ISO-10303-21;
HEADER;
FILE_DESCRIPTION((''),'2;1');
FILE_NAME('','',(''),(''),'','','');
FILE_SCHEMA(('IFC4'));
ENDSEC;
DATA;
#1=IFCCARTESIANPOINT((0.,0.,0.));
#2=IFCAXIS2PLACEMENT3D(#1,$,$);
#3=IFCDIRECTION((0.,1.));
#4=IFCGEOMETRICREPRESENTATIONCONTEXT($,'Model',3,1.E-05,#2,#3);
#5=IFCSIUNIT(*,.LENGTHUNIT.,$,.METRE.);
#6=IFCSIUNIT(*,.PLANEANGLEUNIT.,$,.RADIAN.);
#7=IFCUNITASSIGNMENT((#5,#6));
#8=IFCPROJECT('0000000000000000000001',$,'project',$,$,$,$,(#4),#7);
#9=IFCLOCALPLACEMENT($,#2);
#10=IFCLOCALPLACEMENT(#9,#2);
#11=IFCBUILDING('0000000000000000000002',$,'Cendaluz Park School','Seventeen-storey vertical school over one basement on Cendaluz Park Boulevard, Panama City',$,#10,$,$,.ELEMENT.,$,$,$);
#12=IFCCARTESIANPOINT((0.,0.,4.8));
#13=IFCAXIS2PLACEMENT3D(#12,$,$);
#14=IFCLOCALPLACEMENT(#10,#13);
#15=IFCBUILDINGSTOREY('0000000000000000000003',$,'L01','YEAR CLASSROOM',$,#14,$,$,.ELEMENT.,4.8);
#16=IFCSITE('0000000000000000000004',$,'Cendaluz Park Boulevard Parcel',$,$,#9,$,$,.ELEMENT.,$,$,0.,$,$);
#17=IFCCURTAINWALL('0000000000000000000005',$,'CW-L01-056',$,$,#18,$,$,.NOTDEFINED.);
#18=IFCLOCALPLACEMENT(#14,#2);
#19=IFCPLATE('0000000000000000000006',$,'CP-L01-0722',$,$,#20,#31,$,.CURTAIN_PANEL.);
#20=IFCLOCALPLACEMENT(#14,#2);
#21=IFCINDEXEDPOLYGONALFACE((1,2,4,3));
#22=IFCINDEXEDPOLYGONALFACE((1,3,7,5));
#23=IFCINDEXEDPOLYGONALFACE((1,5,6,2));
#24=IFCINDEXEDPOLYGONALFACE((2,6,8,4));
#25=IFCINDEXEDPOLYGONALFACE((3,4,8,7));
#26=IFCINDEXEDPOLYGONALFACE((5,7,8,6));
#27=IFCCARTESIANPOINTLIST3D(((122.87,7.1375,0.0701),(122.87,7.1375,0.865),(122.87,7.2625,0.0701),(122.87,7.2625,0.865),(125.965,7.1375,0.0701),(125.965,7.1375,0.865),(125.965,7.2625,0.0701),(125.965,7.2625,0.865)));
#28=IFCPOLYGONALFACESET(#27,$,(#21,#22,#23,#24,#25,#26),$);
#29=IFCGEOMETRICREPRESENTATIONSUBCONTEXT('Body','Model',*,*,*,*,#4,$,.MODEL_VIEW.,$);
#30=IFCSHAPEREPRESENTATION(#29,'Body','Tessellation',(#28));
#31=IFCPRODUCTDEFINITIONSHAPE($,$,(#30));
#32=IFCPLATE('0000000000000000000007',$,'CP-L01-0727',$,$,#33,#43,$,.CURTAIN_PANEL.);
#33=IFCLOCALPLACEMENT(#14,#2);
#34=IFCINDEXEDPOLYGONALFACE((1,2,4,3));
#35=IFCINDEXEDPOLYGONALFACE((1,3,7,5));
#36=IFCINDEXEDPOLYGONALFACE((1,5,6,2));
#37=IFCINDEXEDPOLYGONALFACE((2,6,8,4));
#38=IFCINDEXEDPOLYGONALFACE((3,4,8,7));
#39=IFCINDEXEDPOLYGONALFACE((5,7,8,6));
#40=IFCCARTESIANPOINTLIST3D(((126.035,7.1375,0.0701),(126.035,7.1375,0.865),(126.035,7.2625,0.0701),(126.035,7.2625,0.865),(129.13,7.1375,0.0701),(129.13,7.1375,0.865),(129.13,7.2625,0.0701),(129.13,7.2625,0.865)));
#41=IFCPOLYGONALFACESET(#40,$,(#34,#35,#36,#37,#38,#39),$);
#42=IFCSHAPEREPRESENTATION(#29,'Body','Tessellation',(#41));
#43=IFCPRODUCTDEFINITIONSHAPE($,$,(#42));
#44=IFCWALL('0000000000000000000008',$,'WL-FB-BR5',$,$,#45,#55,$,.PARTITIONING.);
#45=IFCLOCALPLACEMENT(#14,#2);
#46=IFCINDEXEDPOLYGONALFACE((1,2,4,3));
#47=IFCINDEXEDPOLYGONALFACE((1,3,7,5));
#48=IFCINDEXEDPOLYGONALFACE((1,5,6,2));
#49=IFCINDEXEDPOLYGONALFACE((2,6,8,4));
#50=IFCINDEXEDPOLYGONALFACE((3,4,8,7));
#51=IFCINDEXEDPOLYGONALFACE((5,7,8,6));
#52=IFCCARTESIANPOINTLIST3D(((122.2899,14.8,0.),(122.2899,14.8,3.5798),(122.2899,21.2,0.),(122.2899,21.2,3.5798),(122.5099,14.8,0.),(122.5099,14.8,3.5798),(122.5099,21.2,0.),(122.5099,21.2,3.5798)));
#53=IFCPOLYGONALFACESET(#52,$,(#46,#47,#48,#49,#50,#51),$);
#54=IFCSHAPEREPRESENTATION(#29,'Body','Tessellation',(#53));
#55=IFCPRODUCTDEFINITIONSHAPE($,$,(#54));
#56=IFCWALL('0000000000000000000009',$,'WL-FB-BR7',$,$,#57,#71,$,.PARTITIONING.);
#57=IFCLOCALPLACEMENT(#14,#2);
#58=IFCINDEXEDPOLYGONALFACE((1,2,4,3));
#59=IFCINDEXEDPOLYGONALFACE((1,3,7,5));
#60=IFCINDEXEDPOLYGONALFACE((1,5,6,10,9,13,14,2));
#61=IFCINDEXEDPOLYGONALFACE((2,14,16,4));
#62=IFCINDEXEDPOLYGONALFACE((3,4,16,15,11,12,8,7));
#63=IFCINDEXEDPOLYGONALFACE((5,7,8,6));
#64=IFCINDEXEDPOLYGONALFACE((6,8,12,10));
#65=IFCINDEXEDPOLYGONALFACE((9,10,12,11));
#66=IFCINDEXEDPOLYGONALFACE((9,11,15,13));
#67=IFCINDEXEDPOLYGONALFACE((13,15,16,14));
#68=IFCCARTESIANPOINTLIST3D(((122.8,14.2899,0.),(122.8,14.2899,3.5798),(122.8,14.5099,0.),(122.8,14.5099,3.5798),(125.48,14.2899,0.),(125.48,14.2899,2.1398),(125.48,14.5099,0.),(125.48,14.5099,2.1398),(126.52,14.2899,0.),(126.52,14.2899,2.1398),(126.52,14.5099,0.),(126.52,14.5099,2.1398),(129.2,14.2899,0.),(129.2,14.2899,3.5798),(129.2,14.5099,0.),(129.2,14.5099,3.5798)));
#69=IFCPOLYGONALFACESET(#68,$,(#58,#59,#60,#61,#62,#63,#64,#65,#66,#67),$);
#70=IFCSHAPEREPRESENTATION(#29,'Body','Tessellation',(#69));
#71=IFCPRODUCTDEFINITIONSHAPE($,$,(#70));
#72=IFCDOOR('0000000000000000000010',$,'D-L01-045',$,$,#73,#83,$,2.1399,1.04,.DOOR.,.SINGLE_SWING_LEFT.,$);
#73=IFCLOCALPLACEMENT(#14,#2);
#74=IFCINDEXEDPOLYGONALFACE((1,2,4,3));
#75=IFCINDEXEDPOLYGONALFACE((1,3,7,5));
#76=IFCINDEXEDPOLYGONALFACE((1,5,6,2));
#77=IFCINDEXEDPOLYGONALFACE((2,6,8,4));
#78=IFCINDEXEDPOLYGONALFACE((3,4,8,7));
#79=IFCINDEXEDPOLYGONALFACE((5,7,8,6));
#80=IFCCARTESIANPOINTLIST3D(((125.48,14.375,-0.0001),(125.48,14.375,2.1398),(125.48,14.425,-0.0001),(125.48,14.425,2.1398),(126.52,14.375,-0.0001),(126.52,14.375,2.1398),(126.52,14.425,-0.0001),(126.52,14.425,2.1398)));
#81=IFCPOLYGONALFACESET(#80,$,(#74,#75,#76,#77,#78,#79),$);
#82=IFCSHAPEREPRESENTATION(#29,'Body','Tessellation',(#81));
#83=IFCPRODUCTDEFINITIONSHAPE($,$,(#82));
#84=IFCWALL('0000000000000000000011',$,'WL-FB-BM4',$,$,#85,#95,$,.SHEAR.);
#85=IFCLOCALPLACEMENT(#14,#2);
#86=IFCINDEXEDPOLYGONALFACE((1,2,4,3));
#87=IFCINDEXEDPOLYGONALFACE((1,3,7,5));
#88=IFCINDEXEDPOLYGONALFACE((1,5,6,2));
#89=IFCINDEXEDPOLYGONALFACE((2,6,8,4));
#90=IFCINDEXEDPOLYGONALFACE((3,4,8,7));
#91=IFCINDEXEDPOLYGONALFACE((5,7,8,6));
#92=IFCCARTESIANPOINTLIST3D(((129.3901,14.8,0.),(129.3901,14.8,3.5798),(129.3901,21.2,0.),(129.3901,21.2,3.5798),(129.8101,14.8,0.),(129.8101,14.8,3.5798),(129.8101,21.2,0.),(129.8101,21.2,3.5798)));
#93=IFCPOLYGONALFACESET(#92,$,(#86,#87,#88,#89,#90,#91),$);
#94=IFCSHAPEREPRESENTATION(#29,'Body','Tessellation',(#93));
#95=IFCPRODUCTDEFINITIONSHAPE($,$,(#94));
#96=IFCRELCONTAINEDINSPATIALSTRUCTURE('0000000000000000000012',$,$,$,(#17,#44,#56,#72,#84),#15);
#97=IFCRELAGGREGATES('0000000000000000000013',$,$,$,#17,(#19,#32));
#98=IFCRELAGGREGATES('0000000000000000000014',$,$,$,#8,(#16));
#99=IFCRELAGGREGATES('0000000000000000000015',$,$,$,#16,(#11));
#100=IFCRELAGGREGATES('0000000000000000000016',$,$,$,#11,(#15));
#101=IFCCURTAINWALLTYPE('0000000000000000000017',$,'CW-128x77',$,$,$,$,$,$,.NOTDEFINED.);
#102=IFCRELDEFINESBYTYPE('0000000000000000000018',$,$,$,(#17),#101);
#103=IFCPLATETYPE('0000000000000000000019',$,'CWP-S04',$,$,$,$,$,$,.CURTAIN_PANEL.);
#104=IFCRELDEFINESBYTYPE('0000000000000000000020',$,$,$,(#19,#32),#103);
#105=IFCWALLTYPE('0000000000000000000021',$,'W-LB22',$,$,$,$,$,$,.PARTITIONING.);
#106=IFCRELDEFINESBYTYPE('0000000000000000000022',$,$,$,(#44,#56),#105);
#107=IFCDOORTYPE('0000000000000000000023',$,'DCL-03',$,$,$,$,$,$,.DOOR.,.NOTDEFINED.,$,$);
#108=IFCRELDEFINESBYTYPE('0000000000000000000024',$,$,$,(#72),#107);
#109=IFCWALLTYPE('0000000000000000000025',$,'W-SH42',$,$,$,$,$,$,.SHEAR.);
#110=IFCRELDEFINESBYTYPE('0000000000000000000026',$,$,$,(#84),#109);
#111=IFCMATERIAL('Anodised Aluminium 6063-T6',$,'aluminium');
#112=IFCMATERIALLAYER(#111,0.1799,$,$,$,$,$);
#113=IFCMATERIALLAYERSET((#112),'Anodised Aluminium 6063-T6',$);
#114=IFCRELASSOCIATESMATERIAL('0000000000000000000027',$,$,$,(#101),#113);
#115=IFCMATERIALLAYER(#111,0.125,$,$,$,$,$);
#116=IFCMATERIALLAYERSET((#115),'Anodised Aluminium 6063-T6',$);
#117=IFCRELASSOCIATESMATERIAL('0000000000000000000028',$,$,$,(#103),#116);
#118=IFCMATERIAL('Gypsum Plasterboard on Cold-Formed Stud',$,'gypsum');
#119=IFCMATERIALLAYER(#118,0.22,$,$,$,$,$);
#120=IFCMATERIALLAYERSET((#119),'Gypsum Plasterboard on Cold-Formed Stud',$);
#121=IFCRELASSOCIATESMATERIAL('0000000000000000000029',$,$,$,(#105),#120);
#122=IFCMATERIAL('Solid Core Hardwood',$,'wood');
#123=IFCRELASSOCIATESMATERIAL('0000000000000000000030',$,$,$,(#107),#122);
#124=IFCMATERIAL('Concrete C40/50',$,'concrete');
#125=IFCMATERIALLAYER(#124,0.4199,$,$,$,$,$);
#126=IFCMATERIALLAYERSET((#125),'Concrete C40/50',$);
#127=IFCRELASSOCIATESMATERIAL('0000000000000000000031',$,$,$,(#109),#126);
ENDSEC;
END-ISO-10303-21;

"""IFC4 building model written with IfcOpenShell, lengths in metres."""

from ifc_helpers import new_model, si_unit, direction, frame, frame_2d, origin, origin_2d, place, context, subcontext, project, spatial, rectangle, extrude, material, layer, layer_set, type_object, element, fill, aggregate, save


model = new_model("IFC4")

# Units and contexts
model_context = context("Model", 3, precision=1e-05, world=origin(), true_north=direction((0.0, 1.0)))
body_context = subcontext(model_context, "Body", "Model", "MODEL_VIEW")
ifc_project = project(units=[si_unit("LENGTHUNIT", "METRE"), si_unit("PLANEANGLEUNIT", "RADIAN")], contexts=[model_context])

# Site, building, storey
site_placement = place(None, origin())
site = spatial("IfcSite", under=ifc_project, at=site_placement, Name="Cendaluz Park Boulevard Parcel", CompositionType="ELEMENT", RefElevation=0.0)
building_placement = place(site_placement, origin())
building = spatial("IfcBuilding", under=site, at=building_placement, Name="Cendaluz Park School", Description="Seventeen-storey vertical school over one basement on Cendaluz Park Boulevard, Panama City", CompositionType="ELEMENT")
storey_placement = place(building_placement, frame((0.0, 0.0, 4.8)))
storey = spatial("IfcBuildingStorey", under=building, at=storey_placement, Name="L01", Description="YEAR CLASSROOM", CompositionType="ELEMENT", Elevation=4.8)

# Shared definitions
ifc_material_1 = material(Name="Concrete C40/50", Category="concrete")

# Curtain wall
ifc_material_2 = material(Name="Anodised Aluminium 6063-T6", Category="aluminium")
ifc_layer_1 = layer(ifc_material_2, 0.1799)
ifc_layer_set_1 = layer_set([ifc_layer_1], Name="Anodised Aluminium 6063-T6")
curtain_wall_type = type_object("IfcCurtainWallType", Name="CW-128x77", PredefinedType="NOTDEFINED", material=ifc_layer_set_1)
curtain_wall_placement = place(storey_placement, origin())
curtain_wall = element("IfcCurtainWall", 1, at=curtain_wall_placement, inside=storey, type_object=curtain_wall_type, Name="CW-L01-056", PredefinedType="NOTDEFINED")

# Plates
ifc_layer_2 = layer(ifc_material_2, 0.125)
ifc_layer_set_2 = layer_set([ifc_layer_2], Name="Anodised Aluminium 6063-T6")
plate_type_1 = type_object("IfcPlateType", Name="CWP-S04", PredefinedType="CURTAIN_PANEL", material=ifc_layer_set_2)
plate_1_placement = place(storey_placement, frame((124.4175, 7.2, 0.0701), z_axis=(0.0, 0.0, 1.0), x_axis=(1.0, 0.0, 0.0)))
plate_1 = element("IfcPlate", 2, at=plate_1_placement, type_object=plate_type_1, Name="CP-L01-0722", PredefinedType="CURTAIN_PANEL", context=body_context, shape_type="SweptSolid", body=[
    extrude(rectangle(XDim=3.095, YDim=0.125, at=origin_2d()), origin(), (0.0, 0.0, 1.0), 0.7949),
])
plate_2_placement = place(storey_placement, frame((127.5825, 7.2, 0.0701), z_axis=(0.0, 0.0, 1.0), x_axis=(1.0, 0.0, 0.0)))
plate_2 = element("IfcPlate", 3, at=plate_2_placement, type_object=plate_type_1, Name="CP-L01-0727", PredefinedType="CURTAIN_PANEL", context=body_context, shape_type="SweptSolid", body=[
    extrude(rectangle(XDim=3.095, YDim=0.125, at=origin_2d()), origin(), (0.0, 0.0, 1.0), 0.7949),
])
aggregate(curtain_wall, [plate_1, plate_2])

# Wall
ifc_material_3 = material(Name="Gypsum Plasterboard on Cold-Formed Stud", Category="gypsum")
ifc_layer_3 = layer(ifc_material_3, 0.22)
ifc_layer_set_3 = layer_set([ifc_layer_3], Name="Gypsum Plasterboard on Cold-Formed Stud")
wall_type_1 = type_object("IfcWallType", Name="W-LB22", PredefinedType="PARTITIONING", material=ifc_layer_set_3)
wall_1_placement = place(storey_placement, frame((122.3999, 14.8, 0.0), z_axis=(0.0, 0.0, 1.0), x_axis=(0.0, 1.0, 0.0)))
element("IfcWall", 4, at=wall_1_placement, inside=storey, type_object=wall_type_1, Name="WL-FB-BR5", PredefinedType="PARTITIONING", context=body_context, shape_type="SweptSolid", body=[
    extrude(rectangle(XDim=6.3999, YDim=0.22, at=frame_2d((3.2, 0.0))), origin(), (0.0, 0.0, 1.0), 3.5798),
])

# Wall, opening, door
wall_2_placement = place(storey_placement, frame((122.8, 14.3999, 0.0), z_axis=(0.0, 0.0, 1.0), x_axis=(1.0, 0.0, 0.0)))
wall_2 = element("IfcWall", 5, at=wall_2_placement, inside=storey, type_object=wall_type_1, Name="WL-FB-BR7", PredefinedType="PARTITIONING", context=body_context, shape_type="SweptSolid", body=[
    extrude(rectangle(XDim=6.3999, YDim=0.22, at=frame_2d((3.2, 0.0))), origin(), (0.0, 0.0, 1.0), 3.5798),
])
opening_placement = place(wall_2_placement, frame((2.6799, 0.0, 0.0)))
opening = element("IfcOpeningElement", 6, at=opening_placement, cuts=wall_2, PredefinedType="OPENING", context=body_context, shape_type="SweptSolid", body=[
    extrude(rectangle(XDim=1.04, YDim=2.1399, at=frame_2d((0.52, 1.0698))), frame((0.0, 0.1221, 0.0), z_axis=(0.0, -1.0, 0.0), x_axis=(1.0, 0.0, 0.0)), (0.0, 0.0, 1.0), 0.2439),
])
ifc_material_4 = material(Name="Solid Core Hardwood", Category="wood")
door_type = type_object("IfcDoorType", Name="DCL-03", OperationType="NOTDEFINED", PredefinedType="DOOR", material=ifc_material_4)
door_placement = place(opening_placement, frame((1.04, 0.0, 0.0), z_axis=(0.0, 0.0, 1.0), x_axis=(-1.0, 0.0, 0.0)))
door = element("IfcDoor", 7, at=door_placement, inside=storey, type_object=door_type, Name="D-L01-045", OperationType="SINGLE_SWING_LEFT", OverallHeight=2.1399, OverallWidth=1.04, PredefinedType="DOOR", context=body_context, shape_type="SweptSolid", body=[
    extrude(rectangle(XDim=1.04, YDim=2.1399, at=frame_2d((0.52, 1.0698))), frame((0.0, 0.0249, 0.0), z_axis=(0.0, -1.0, 0.0), x_axis=(1.0, 0.0, 0.0)), (0.0, 0.0, 1.0), 0.05),
])
fill(opening, door)

# Wall
ifc_layer_4 = layer(ifc_material_1, 0.4199)
ifc_layer_set_4 = layer_set([ifc_layer_4], Name="Concrete C40/50")
wall_type_2 = type_object("IfcWallType", Name="W-SH42", PredefinedType="SHEAR", material=ifc_layer_set_4)
wall_3_placement = place(storey_placement, frame((129.6001, 14.8, 0.0), z_axis=(0.0, 0.0, 1.0), x_axis=(0.0, 1.0, 0.0)))
element("IfcWall", 8, at=wall_3_placement, inside=storey, type_object=wall_type_2, Name="WL-FB-BM4", PredefinedType="SHEAR", context=body_context, shape_type="SweptSolid", body=[
    extrude(rectangle(XDim=6.3999, YDim=0.4199, at=frame_2d((3.2, 0.0))), origin(), (0.0, 0.0, 1.0), 3.5798),
])

save(model, "model.ifc")
